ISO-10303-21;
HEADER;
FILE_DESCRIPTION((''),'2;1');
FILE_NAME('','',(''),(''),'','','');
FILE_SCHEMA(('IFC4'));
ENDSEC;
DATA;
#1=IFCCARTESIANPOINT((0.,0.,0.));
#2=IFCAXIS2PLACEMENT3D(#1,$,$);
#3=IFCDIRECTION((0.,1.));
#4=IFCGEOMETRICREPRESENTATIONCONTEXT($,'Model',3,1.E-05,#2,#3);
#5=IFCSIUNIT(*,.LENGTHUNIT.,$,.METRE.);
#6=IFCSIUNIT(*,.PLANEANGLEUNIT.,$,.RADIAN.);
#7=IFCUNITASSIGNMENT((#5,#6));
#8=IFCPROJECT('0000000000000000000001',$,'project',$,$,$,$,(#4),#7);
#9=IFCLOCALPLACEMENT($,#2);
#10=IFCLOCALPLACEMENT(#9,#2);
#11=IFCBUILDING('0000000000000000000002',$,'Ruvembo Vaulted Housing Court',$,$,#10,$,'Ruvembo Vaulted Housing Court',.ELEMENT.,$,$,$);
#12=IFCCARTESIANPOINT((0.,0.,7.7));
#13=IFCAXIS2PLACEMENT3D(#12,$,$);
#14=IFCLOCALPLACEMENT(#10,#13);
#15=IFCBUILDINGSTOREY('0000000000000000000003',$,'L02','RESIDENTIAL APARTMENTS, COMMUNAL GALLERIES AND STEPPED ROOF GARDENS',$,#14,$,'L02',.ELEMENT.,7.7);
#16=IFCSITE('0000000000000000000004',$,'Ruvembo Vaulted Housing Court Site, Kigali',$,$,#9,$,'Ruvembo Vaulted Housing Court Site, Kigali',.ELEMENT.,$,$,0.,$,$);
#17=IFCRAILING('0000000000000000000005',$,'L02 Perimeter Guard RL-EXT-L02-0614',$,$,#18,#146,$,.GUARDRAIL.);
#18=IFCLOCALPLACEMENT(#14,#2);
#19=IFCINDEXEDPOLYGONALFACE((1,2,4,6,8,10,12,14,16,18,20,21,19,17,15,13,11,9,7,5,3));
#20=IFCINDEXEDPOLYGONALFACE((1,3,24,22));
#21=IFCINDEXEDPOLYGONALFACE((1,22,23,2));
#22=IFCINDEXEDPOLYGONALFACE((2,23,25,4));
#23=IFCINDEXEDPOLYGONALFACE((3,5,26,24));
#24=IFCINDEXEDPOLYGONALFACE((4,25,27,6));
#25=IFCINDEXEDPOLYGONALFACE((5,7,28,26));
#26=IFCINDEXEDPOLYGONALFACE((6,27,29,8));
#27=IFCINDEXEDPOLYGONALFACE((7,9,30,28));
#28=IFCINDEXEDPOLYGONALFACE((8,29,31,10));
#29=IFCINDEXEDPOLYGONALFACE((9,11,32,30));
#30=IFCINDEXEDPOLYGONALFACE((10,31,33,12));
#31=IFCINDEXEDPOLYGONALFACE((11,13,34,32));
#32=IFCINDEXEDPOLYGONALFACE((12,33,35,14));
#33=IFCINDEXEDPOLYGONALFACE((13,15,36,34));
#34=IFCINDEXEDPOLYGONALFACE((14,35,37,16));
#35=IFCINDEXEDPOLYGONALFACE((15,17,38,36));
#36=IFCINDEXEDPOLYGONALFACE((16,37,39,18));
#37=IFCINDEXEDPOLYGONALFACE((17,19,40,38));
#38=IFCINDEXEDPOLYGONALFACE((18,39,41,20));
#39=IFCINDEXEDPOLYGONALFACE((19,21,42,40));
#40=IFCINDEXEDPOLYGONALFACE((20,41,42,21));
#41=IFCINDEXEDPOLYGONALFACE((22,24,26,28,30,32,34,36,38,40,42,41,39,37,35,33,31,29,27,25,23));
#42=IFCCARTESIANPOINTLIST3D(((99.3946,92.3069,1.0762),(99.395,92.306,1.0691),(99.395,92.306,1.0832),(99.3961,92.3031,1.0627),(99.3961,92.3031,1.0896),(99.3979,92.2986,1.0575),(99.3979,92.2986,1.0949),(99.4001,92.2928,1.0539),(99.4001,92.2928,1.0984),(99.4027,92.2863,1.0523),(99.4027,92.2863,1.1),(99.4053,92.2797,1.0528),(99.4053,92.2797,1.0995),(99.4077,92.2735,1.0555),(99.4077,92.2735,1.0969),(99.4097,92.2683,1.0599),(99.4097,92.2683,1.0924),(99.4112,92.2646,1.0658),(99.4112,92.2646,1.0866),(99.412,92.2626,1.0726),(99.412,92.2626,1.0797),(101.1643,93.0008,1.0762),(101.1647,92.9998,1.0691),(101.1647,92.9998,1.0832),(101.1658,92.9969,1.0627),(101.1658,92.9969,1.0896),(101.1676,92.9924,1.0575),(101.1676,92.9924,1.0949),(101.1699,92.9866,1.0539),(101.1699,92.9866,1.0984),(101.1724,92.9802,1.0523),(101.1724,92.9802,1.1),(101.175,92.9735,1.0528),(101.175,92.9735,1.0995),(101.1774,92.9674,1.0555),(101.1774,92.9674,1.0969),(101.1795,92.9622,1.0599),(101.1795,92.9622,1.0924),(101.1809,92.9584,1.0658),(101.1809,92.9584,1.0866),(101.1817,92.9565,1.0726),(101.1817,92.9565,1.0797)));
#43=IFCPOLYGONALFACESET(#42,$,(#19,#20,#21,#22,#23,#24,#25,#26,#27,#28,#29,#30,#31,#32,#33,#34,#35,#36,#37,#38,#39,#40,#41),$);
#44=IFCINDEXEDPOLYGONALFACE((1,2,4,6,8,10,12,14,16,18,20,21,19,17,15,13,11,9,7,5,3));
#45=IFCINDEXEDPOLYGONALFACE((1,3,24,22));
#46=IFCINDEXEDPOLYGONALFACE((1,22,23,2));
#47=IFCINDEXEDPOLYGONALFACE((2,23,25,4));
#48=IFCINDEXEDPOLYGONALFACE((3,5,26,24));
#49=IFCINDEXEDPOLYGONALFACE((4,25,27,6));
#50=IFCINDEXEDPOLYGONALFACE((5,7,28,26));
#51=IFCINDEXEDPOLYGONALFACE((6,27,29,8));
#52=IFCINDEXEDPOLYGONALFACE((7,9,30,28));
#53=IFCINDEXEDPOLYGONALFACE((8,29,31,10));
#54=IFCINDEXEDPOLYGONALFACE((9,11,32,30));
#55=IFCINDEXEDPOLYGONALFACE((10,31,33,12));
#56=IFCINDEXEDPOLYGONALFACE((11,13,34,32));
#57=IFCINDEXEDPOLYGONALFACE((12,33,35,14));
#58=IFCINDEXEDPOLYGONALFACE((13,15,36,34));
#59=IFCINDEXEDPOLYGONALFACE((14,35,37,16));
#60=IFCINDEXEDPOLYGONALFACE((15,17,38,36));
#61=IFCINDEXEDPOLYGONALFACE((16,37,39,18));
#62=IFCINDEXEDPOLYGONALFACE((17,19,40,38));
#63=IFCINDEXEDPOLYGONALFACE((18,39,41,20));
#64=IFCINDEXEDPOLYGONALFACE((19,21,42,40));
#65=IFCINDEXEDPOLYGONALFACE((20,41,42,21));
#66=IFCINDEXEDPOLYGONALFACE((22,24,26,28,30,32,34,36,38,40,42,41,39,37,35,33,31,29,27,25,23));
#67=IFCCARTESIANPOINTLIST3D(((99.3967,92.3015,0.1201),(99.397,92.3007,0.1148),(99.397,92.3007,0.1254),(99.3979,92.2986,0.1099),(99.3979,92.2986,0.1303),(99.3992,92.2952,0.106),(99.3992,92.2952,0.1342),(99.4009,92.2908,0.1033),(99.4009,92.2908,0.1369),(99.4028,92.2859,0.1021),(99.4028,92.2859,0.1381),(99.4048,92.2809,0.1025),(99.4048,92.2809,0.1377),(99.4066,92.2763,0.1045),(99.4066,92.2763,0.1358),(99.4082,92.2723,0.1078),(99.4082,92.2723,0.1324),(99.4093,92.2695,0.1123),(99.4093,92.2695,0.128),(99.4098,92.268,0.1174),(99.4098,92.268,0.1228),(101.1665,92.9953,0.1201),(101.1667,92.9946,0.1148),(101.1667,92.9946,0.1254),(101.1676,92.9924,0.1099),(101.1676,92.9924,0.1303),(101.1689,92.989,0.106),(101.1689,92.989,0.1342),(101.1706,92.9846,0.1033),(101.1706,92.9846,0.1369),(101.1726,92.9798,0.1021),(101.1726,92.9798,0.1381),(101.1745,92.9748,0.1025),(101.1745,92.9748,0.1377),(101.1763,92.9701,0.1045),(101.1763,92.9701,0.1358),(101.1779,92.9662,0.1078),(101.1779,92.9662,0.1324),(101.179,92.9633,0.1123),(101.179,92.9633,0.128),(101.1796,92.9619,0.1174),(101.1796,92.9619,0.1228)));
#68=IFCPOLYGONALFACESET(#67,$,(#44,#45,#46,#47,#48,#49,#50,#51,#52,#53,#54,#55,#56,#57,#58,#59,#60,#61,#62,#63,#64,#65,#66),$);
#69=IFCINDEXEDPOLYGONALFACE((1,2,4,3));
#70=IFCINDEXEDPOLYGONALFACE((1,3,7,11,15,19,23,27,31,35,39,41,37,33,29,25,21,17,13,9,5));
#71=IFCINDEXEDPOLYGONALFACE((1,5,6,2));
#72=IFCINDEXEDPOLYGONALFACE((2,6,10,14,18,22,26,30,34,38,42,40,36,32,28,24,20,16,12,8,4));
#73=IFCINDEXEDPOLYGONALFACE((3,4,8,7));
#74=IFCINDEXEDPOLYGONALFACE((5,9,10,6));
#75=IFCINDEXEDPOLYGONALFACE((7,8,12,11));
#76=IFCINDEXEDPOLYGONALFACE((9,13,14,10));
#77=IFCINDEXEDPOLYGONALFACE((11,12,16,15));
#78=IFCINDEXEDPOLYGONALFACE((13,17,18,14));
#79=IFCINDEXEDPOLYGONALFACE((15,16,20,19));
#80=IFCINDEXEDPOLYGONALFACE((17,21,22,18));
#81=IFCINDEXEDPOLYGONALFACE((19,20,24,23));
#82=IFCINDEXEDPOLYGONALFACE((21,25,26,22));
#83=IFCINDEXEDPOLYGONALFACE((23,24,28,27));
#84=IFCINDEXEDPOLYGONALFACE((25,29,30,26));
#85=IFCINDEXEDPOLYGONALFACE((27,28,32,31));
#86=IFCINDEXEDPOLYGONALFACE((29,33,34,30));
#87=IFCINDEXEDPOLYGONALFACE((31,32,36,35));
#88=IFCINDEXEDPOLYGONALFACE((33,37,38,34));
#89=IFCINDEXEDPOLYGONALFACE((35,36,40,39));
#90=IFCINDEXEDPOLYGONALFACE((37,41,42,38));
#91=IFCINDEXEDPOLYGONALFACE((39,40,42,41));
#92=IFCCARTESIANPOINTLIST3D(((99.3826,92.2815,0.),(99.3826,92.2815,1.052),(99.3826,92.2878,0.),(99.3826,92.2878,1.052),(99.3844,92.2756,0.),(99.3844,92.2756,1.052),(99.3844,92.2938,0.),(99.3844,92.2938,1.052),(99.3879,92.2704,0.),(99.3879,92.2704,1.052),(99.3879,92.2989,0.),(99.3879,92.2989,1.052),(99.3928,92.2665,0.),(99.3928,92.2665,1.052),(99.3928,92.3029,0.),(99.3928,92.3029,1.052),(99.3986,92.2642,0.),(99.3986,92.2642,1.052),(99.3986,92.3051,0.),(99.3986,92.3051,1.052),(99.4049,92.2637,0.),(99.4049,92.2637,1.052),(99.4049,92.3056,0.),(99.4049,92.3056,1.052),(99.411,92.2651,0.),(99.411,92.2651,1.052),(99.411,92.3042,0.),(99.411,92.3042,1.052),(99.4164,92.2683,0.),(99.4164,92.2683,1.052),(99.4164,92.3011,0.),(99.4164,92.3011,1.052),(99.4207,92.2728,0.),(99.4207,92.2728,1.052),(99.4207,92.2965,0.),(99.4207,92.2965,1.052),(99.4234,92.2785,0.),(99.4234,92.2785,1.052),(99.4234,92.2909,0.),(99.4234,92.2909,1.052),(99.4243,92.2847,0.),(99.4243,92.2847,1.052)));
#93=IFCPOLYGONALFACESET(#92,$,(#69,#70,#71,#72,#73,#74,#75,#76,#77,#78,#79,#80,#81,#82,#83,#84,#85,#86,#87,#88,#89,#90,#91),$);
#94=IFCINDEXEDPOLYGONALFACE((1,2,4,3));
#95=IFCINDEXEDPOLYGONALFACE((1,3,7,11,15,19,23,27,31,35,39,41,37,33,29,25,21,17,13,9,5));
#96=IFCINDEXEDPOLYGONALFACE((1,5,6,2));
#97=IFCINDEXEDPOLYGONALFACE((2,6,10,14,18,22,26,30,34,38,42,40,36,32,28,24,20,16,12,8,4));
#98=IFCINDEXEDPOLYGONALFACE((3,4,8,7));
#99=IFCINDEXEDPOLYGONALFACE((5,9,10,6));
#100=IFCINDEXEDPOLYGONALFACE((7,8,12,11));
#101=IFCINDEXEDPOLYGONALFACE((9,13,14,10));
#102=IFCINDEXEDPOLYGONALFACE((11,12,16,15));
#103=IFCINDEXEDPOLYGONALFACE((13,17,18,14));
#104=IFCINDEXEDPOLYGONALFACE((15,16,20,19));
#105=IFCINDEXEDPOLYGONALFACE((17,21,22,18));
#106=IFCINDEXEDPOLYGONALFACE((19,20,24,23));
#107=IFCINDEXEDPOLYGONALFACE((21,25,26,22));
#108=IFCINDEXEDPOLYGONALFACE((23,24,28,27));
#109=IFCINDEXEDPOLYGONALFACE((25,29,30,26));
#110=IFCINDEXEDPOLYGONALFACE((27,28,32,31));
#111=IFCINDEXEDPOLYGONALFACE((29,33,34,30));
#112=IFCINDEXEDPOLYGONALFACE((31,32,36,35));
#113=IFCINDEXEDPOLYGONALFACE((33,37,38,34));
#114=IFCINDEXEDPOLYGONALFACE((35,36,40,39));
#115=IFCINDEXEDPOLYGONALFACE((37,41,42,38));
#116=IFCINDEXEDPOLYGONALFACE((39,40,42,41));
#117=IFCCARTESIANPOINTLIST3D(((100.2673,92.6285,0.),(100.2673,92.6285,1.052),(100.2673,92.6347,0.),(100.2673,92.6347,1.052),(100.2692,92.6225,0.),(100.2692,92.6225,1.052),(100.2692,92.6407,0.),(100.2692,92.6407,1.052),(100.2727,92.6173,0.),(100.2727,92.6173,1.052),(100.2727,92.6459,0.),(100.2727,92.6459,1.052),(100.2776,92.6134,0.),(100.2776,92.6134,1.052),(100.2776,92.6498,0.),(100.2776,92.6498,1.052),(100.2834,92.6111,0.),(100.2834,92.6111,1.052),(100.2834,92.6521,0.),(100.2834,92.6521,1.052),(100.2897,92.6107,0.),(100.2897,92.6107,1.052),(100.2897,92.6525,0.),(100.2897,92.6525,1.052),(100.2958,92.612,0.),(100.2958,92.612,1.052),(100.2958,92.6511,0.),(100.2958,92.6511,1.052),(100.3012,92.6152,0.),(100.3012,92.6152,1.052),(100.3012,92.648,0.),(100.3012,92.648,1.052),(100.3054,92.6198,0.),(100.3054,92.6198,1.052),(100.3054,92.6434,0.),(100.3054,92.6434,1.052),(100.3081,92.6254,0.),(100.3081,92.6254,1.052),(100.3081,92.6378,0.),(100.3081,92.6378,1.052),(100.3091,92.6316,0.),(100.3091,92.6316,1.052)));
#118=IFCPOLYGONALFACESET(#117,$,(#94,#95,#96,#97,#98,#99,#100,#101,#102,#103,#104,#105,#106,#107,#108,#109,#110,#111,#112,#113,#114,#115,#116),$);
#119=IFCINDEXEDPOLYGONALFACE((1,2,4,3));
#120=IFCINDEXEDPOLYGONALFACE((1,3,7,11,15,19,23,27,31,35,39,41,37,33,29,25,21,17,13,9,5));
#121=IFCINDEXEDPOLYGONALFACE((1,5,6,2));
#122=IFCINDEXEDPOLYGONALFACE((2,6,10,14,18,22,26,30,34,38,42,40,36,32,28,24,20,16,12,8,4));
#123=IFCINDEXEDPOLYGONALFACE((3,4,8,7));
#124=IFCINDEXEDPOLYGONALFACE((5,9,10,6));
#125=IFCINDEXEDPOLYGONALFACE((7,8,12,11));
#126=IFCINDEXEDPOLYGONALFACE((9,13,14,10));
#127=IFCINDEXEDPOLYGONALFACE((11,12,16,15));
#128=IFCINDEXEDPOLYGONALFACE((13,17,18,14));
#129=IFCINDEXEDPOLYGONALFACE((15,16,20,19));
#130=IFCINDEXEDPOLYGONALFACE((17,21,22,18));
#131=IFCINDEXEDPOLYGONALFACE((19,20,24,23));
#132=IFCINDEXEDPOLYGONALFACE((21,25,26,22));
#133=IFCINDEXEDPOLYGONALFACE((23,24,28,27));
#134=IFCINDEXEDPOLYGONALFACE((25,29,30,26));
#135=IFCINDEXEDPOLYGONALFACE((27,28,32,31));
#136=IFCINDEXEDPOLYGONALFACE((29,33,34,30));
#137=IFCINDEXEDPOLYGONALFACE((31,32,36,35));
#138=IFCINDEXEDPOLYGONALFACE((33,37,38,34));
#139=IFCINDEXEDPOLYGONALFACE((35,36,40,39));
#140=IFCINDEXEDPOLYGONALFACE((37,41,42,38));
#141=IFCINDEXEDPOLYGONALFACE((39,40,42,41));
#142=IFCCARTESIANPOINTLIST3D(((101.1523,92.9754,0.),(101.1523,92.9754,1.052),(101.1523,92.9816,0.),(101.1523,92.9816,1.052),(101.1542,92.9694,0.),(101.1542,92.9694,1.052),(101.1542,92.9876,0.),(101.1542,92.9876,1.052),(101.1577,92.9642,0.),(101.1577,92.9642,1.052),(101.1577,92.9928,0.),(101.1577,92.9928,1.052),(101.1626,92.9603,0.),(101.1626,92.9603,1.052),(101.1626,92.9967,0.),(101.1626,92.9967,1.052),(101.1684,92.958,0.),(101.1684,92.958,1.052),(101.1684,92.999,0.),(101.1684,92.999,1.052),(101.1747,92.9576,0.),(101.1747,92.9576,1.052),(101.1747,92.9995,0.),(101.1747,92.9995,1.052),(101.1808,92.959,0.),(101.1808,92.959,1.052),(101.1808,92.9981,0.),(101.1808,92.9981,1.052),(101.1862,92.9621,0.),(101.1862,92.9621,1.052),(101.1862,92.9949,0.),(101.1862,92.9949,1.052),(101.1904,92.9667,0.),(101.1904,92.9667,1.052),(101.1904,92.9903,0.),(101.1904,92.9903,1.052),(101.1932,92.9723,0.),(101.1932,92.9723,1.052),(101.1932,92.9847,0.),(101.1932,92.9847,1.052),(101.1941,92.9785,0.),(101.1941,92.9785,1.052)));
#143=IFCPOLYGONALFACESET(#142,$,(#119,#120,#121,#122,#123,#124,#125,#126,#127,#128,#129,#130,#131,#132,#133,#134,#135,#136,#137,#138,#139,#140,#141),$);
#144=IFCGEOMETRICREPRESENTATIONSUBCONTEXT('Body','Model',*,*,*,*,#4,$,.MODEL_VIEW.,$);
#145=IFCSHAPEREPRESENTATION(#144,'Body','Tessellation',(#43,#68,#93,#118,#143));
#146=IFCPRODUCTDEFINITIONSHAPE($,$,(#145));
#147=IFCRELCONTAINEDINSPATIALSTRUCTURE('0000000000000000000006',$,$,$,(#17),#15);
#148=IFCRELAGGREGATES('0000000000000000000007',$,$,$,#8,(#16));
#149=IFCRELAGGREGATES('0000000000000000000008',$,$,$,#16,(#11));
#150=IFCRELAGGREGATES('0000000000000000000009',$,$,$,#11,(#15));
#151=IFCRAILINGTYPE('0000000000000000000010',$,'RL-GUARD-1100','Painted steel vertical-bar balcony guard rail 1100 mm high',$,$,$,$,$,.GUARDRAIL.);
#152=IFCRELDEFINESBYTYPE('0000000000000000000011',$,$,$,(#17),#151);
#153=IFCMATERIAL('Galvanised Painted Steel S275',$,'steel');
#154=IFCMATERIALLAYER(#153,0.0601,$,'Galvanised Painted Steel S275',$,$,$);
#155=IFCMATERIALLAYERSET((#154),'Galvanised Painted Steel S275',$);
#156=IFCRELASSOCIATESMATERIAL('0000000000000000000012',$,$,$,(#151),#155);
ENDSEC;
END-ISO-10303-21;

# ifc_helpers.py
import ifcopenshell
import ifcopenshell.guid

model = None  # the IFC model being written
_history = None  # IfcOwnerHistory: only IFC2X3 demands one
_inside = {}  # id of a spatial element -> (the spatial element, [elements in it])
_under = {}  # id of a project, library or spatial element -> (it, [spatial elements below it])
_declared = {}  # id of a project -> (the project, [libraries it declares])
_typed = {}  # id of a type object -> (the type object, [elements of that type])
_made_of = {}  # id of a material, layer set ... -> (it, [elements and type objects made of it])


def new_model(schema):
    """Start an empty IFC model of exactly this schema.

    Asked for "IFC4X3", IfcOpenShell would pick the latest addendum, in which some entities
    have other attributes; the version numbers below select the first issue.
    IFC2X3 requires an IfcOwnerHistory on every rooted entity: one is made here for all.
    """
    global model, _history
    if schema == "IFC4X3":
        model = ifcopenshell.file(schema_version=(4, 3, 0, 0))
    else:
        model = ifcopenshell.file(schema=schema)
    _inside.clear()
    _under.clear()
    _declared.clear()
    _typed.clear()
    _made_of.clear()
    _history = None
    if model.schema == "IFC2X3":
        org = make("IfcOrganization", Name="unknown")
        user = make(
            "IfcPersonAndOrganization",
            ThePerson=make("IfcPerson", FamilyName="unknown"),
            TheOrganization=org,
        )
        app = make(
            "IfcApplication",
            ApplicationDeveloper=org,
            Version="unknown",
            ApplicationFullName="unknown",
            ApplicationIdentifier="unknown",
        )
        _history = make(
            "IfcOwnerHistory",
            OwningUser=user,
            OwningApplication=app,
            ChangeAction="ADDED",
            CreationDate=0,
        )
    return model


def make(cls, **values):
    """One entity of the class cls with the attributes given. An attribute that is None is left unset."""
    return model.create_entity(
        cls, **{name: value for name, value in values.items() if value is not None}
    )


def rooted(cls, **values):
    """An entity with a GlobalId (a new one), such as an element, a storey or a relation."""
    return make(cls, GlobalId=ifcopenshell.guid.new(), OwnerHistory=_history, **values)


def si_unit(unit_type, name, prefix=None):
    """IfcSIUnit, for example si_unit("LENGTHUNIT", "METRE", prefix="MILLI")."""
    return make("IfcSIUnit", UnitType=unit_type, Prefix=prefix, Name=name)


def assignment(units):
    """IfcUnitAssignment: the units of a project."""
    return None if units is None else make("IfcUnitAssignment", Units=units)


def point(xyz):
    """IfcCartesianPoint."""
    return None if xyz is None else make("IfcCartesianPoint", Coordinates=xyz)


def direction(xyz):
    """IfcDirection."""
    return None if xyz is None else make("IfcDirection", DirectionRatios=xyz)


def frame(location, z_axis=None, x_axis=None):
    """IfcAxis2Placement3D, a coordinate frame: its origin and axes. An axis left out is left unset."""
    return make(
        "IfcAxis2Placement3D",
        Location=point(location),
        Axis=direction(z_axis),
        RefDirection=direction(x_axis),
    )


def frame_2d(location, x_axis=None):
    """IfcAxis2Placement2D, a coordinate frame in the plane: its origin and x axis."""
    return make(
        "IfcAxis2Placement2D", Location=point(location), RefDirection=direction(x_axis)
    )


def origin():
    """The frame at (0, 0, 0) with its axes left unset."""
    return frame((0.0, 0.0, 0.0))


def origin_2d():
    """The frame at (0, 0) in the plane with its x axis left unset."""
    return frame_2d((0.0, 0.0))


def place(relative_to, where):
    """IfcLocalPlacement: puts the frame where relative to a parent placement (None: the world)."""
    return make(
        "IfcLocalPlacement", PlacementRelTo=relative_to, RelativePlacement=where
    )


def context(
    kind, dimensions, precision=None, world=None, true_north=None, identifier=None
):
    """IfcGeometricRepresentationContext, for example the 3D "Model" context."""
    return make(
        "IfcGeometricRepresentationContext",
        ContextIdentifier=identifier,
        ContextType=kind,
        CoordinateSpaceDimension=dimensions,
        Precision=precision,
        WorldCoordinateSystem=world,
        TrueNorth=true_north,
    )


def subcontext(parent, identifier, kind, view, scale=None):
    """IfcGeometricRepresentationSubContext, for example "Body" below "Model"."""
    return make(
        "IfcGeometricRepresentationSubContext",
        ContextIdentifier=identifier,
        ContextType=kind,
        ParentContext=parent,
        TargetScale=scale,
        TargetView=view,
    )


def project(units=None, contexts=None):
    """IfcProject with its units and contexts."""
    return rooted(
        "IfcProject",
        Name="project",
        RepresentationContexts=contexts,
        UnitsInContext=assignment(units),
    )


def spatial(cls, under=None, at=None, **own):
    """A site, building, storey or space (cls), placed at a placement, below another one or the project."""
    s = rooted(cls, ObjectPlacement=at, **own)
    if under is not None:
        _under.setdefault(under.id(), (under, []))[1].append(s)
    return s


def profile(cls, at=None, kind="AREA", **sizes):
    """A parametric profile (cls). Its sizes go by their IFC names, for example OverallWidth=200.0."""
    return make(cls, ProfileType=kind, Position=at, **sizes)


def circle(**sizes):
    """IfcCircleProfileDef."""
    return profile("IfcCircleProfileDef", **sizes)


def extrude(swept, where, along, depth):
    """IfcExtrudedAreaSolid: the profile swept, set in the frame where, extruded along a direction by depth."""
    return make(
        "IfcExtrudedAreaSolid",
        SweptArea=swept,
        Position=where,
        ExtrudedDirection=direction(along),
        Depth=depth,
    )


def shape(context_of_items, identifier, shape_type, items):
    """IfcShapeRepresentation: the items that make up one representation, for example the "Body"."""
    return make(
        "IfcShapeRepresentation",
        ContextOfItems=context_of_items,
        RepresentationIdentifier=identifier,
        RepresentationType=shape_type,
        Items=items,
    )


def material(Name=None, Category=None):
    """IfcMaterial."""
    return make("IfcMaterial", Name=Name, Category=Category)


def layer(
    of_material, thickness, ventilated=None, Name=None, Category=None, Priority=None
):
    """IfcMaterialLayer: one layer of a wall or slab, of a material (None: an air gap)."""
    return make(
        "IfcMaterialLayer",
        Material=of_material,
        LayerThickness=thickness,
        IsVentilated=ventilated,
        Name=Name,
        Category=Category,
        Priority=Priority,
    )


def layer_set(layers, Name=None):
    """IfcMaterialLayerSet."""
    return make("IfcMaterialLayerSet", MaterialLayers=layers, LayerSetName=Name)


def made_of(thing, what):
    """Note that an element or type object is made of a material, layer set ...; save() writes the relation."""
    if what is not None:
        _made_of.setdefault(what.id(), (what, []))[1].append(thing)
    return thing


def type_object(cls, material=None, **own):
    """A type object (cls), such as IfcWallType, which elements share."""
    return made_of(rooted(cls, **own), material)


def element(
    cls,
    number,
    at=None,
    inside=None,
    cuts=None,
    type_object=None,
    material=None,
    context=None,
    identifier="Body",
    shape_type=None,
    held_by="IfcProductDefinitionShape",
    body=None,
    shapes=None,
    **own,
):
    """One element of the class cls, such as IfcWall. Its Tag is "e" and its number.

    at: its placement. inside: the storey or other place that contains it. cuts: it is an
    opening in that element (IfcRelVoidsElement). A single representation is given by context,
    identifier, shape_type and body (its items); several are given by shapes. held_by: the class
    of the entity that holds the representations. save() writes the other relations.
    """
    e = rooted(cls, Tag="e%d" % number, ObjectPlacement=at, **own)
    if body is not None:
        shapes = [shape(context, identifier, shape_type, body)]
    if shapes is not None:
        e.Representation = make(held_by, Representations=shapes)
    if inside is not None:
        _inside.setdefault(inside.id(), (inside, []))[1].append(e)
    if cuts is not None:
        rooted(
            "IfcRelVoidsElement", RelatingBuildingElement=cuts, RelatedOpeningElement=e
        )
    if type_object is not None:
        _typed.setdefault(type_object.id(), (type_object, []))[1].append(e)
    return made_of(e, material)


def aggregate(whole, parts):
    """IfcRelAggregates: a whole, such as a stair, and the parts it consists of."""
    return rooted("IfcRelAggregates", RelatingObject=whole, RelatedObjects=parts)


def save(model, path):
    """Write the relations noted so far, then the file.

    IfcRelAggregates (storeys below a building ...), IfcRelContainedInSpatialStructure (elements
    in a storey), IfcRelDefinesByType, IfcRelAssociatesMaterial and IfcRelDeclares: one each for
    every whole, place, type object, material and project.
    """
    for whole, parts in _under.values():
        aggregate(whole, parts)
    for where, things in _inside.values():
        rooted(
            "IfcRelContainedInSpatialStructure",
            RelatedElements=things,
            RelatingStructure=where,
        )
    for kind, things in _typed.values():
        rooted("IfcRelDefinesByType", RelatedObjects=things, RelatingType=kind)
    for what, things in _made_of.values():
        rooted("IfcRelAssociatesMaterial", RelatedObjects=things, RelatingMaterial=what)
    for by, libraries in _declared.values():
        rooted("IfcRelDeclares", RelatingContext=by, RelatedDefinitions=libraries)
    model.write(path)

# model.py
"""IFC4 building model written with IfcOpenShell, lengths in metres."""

from ifc_helpers import new_model, si_unit, direction, frame, origin, origin_2d, place, context, subcontext, project, spatial, circle, extrude, material, layer, layer_set, type_object, element, save


model = new_model("IFC4")

# Units and contexts
model_context = context("Model", 3, precision=1e-05, world=origin(), true_north=direction((0.0, 1.0)))
body_context = subcontext(model_context, "Body", "Model", "MODEL_VIEW")
ifc_project = project(units=[si_unit("LENGTHUNIT", "METRE"), si_unit("PLANEANGLEUNIT", "RADIAN")], contexts=[model_context])

# Site, building, storey
site_placement = place(None, origin())
site = spatial("IfcSite", under=ifc_project, at=site_placement, Name="Ruvembo Vaulted Housing Court Site, Kigali", LongName="Ruvembo Vaulted Housing Court Site, Kigali", CompositionType="ELEMENT", RefElevation=0.0)
building_placement = place(site_placement, origin())
building = spatial("IfcBuilding", under=site, at=building_placement, Name="Ruvembo Vaulted Housing Court", LongName="Ruvembo Vaulted Housing Court", CompositionType="ELEMENT")
storey_placement = place(building_placement, frame((0.0, 0.0, 7.7)))
storey = spatial("IfcBuildingStorey", under=building, at=storey_placement, Name="L02", Description="RESIDENTIAL APARTMENTS, COMMUNAL GALLERIES AND STEPPED ROOF GARDENS", LongName="L02", CompositionType="ELEMENT", Elevation=7.7)

# Railing
ifc_material_1 = material(Name="Galvanised Painted Steel S275", Category="steel")
ifc_layer = layer(ifc_material_1, 0.0601, Name="Galvanised Painted Steel S275")
ifc_layer_set = layer_set([ifc_layer], Name="Galvanised Painted Steel S275")
railing_type = type_object("IfcRailingType", Name="RL-GUARD-1100", Description="Painted steel vertical-bar balcony guard rail 1100 mm high", PredefinedType="GUARDRAIL", material=ifc_layer_set)
railing_1_placement = place(storey_placement, frame((99.4033, 92.2847, 0.0)))
element("IfcRailing", 1, at=railing_1_placement, inside=storey, type_object=railing_type, Name="L02 Perimeter Guard RL-EXT-L02-0614", PredefinedType="GUARDRAIL", context=body_context, shape_type="SweptSolid", body=[
    extrude(circle(Radius=0.0239, at=origin_2d()), frame((0.0, 0.0, 1.0762), z_axis=(0.931006, 0.365005, 0.0), x_axis=(-0.365005, 0.931006, 0.0)), (0.0, 0.0, 1.0), 1.9009),
    extrude(circle(Radius=0.0181, at=origin_2d()), frame((0.0, 0.0, 0.1201), z_axis=(0.931006, 0.365005, 0.0), x_axis=(-0.365005, 0.931006, 0.0)), (0.0, 0.0, 1.0), 1.9009),
    extrude(circle(Radius=0.021, at=origin_2d()), origin(), (0.0, 0.0, 1.0), 1.052),
    extrude(circle(Radius=0.021, at=origin_2d()), frame((0.8848, 0.3469, 0.0)), (0.0, 0.0, 1.0), 1.052),
    extrude(circle(Radius=0.021, at=origin_2d()), frame((1.7698, 0.6938, 0.0)), (0.0, 0.0, 1.0), 1.052),
])

save(model, "model.ifc")
